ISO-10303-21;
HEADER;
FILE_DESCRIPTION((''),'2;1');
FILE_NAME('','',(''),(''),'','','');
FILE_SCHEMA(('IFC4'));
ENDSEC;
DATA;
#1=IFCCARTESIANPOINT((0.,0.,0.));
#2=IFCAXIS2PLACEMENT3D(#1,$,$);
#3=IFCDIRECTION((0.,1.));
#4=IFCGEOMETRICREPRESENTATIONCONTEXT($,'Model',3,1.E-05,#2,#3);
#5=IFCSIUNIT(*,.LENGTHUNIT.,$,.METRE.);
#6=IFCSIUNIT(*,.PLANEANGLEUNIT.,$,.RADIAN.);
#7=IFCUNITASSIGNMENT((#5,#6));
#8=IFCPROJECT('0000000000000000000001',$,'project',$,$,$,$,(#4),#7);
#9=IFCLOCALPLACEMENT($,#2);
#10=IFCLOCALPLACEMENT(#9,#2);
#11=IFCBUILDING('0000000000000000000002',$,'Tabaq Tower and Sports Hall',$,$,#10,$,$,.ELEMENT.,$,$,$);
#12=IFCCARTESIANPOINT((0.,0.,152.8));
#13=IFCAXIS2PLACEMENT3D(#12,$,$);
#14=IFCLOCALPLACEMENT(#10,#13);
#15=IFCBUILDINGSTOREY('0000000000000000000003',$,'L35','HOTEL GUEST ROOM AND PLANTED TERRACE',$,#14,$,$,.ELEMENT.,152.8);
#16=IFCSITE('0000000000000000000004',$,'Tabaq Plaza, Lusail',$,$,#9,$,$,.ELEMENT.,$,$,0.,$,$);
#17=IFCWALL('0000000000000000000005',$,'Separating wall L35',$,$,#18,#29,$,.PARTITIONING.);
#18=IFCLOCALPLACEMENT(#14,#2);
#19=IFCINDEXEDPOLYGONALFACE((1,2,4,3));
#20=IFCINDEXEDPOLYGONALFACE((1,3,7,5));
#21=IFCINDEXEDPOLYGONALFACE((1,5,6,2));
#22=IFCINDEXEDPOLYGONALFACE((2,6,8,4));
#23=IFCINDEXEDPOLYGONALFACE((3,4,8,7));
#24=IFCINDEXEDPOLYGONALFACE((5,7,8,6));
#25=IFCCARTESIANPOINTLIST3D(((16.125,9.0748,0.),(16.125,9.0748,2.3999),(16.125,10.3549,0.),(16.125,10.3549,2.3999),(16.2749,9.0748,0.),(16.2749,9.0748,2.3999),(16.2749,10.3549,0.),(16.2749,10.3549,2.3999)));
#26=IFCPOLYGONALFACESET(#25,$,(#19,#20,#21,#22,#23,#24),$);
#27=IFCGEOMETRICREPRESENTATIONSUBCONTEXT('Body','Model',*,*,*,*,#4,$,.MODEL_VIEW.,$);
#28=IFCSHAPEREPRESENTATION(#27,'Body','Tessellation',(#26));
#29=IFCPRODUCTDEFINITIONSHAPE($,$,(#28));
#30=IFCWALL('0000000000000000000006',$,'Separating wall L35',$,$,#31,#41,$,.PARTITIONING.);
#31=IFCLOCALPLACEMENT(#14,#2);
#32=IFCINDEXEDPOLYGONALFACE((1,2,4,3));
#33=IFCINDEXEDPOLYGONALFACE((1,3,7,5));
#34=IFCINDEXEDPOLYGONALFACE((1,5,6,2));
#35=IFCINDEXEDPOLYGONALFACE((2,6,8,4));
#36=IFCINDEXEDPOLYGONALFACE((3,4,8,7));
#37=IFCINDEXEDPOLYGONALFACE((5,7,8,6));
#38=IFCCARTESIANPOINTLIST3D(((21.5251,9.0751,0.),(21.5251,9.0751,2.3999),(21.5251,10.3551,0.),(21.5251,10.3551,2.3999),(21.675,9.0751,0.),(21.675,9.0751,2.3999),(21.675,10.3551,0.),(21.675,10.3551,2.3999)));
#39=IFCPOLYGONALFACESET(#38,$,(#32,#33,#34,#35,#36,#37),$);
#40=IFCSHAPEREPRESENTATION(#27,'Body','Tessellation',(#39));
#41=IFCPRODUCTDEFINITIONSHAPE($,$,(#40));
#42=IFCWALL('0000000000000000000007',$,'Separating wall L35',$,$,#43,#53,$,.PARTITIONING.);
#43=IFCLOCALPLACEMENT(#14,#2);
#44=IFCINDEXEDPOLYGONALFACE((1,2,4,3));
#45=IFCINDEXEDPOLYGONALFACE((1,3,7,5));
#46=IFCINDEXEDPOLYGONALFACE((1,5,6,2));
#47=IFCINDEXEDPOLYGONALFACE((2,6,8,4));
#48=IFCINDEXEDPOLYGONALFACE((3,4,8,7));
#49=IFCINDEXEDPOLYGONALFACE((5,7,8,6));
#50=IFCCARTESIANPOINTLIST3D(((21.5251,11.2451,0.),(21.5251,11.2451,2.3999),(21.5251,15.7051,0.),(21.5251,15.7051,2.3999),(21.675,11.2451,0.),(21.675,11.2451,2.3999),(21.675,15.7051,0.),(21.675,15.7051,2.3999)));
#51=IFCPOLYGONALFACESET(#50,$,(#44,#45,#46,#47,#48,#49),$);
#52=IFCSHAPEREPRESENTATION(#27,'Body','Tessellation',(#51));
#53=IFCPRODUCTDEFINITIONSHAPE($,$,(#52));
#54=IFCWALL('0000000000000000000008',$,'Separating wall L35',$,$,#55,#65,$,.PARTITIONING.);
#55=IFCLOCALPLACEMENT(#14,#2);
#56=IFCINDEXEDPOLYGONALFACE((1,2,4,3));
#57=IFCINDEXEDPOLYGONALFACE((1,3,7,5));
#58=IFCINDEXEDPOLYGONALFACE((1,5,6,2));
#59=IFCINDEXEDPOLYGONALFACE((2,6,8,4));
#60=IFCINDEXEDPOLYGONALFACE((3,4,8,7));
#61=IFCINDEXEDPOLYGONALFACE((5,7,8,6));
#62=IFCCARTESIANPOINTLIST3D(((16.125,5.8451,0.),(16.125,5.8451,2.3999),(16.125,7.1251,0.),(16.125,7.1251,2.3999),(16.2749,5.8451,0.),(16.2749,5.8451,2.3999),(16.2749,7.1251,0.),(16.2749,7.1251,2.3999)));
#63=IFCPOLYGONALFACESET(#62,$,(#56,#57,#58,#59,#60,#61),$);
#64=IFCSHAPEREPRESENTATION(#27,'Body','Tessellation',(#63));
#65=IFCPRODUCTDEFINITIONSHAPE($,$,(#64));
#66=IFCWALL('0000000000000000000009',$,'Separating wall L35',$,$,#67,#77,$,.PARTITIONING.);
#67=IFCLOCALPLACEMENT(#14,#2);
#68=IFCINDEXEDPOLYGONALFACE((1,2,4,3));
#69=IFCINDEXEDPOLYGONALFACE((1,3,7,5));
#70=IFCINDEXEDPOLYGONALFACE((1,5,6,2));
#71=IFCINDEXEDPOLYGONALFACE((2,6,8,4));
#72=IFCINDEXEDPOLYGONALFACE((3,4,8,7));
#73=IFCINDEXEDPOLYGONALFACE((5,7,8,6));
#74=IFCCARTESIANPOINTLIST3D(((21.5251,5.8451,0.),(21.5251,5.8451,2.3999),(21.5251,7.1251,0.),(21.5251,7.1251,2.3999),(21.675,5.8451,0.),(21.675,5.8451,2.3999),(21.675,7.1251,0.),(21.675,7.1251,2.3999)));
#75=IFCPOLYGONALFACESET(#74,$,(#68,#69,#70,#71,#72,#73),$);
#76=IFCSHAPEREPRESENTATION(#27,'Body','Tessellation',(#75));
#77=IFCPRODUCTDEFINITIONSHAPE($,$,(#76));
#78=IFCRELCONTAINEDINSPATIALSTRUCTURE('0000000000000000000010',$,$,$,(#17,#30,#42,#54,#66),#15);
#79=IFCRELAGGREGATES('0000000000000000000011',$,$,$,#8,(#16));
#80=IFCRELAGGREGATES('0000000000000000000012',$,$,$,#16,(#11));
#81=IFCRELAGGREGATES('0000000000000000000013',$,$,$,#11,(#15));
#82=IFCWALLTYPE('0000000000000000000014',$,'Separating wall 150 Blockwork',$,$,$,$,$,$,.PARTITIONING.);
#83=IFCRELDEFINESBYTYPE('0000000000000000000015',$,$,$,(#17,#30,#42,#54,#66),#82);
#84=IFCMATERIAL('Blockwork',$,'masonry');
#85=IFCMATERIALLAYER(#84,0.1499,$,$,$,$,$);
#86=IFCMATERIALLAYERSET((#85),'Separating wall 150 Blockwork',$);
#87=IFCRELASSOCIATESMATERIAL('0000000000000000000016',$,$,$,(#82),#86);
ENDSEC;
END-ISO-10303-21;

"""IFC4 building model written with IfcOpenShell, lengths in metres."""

from ifc_helpers import new_model, si_unit, direction, frame, frame_2d, origin, place, context, subcontext, project, spatial, rectangle, extrude, material, layer, layer_set, type_object, element, save


model = new_model("IFC4")

# Units and contexts
model_context = context("Model", 3, precision=1e-05, world=origin(), true_north=direction((0.0, 1.0)))
body_context = subcontext(model_context, "Body", "Model", "MODEL_VIEW")
ifc_project = project(units=[si_unit("LENGTHUNIT", "METRE"), si_unit("PLANEANGLEUNIT", "RADIAN")], contexts=[model_context])

# Site, building, storey
site_placement = place(None, origin())
site = spatial("IfcSite", under=ifc_project, at=site_placement, Name="Tabaq Plaza, Lusail", CompositionType="ELEMENT", RefElevation=0.0)
building_placement = place(site_placement, origin())
building = spatial("IfcBuilding", under=site, at=building_placement, Name="Tabaq Tower and Sports Hall", CompositionType="ELEMENT")
storey_placement = place(building_placement, frame((0.0, 0.0, 152.8)))
storey = spatial("IfcBuildingStorey", under=building, at=storey_placement, Name="L35", Description="HOTEL GUEST ROOM AND PLANTED TERRACE", CompositionType="ELEMENT", Elevation=152.8)

# Walls
ifc_material_1 = material(Name="Blockwork", Category="masonry")
ifc_layer_1 = layer(ifc_material_1, 0.1499)
ifc_layer_set_1 = layer_set([ifc_layer_1], Name="Separating wall 150 Blockwork")
wall_type_1 = type_object("IfcWallType", Name="Separating wall 150 Blockwork", PredefinedType="PARTITIONING", material=ifc_layer_set_1)
for number, where, z_axis, x_axis, name in (
    (1, (16.2, 10.355, 0.0), (0.0, 0.0, 1.0), (0.0, -1.0, 0.0), "Separating wall L35"),
    (2, (21.6001, 9.075, 0.0), (0.0, 0.0, 1.0), (0.0, 1.0, 0.0), "Separating wall L35"),
):
    element("IfcWall", number, at=place(storey_placement, frame(where, z_axis=z_axis, x_axis=x_axis)), inside=storey, type_object=wall_type_1, Name=name, PredefinedType="PARTITIONING", context=body_context, shape_type="SweptSolid", body=[
        extrude(rectangle(XDim=1.28, YDim=0.1499, at=frame_2d((0.6401, 0.0))), origin(), (0.0, 0.0, 1.0), 2.3999),
    ])
wall_1_placement = place(storey_placement, frame((21.6001, 11.2451, 0.0), z_axis=(0.0, 0.0, 1.0), x_axis=(0.0, 1.0, 0.0)))
element("IfcWall", 3, at=wall_1_placement, inside=storey, type_object=wall_type_1, Name="Separating wall L35", PredefinedType="PARTITIONING", context=body_context, shape_type="SweptSolid", body=[
    extrude(rectangle(XDim=4.46, YDim=0.1499, at=frame_2d((2.23, 0.0))), origin(), (0.0, 0.0, 1.0), 2.3999),
])
for number, where, z_axis, x_axis, name in (
    (4, (16.2, 5.845, 0.0), (0.0, 0.0, 1.0), (0.0, 1.0, 0.0), "Separating wall L35"),
    (5, (21.6001, 5.845, 0.0), (0.0, 0.0, 1.0), (0.0, 1.0, 0.0), "Separating wall L35"),
):
    element("IfcWall", number, at=place(storey_placement, frame(where, z_axis=z_axis, x_axis=x_axis)), inside=storey, type_object=wall_type_1, Name=name, PredefinedType="PARTITIONING", context=body_context, shape_type="SweptSolid", body=[
        extrude(rectangle(XDim=1.28, YDim=0.1499, at=frame_2d((0.6401, 0.0))), origin(), (0.0, 0.0, 1.0), 2.3999),
    ])

save(model, "model.ifc")
